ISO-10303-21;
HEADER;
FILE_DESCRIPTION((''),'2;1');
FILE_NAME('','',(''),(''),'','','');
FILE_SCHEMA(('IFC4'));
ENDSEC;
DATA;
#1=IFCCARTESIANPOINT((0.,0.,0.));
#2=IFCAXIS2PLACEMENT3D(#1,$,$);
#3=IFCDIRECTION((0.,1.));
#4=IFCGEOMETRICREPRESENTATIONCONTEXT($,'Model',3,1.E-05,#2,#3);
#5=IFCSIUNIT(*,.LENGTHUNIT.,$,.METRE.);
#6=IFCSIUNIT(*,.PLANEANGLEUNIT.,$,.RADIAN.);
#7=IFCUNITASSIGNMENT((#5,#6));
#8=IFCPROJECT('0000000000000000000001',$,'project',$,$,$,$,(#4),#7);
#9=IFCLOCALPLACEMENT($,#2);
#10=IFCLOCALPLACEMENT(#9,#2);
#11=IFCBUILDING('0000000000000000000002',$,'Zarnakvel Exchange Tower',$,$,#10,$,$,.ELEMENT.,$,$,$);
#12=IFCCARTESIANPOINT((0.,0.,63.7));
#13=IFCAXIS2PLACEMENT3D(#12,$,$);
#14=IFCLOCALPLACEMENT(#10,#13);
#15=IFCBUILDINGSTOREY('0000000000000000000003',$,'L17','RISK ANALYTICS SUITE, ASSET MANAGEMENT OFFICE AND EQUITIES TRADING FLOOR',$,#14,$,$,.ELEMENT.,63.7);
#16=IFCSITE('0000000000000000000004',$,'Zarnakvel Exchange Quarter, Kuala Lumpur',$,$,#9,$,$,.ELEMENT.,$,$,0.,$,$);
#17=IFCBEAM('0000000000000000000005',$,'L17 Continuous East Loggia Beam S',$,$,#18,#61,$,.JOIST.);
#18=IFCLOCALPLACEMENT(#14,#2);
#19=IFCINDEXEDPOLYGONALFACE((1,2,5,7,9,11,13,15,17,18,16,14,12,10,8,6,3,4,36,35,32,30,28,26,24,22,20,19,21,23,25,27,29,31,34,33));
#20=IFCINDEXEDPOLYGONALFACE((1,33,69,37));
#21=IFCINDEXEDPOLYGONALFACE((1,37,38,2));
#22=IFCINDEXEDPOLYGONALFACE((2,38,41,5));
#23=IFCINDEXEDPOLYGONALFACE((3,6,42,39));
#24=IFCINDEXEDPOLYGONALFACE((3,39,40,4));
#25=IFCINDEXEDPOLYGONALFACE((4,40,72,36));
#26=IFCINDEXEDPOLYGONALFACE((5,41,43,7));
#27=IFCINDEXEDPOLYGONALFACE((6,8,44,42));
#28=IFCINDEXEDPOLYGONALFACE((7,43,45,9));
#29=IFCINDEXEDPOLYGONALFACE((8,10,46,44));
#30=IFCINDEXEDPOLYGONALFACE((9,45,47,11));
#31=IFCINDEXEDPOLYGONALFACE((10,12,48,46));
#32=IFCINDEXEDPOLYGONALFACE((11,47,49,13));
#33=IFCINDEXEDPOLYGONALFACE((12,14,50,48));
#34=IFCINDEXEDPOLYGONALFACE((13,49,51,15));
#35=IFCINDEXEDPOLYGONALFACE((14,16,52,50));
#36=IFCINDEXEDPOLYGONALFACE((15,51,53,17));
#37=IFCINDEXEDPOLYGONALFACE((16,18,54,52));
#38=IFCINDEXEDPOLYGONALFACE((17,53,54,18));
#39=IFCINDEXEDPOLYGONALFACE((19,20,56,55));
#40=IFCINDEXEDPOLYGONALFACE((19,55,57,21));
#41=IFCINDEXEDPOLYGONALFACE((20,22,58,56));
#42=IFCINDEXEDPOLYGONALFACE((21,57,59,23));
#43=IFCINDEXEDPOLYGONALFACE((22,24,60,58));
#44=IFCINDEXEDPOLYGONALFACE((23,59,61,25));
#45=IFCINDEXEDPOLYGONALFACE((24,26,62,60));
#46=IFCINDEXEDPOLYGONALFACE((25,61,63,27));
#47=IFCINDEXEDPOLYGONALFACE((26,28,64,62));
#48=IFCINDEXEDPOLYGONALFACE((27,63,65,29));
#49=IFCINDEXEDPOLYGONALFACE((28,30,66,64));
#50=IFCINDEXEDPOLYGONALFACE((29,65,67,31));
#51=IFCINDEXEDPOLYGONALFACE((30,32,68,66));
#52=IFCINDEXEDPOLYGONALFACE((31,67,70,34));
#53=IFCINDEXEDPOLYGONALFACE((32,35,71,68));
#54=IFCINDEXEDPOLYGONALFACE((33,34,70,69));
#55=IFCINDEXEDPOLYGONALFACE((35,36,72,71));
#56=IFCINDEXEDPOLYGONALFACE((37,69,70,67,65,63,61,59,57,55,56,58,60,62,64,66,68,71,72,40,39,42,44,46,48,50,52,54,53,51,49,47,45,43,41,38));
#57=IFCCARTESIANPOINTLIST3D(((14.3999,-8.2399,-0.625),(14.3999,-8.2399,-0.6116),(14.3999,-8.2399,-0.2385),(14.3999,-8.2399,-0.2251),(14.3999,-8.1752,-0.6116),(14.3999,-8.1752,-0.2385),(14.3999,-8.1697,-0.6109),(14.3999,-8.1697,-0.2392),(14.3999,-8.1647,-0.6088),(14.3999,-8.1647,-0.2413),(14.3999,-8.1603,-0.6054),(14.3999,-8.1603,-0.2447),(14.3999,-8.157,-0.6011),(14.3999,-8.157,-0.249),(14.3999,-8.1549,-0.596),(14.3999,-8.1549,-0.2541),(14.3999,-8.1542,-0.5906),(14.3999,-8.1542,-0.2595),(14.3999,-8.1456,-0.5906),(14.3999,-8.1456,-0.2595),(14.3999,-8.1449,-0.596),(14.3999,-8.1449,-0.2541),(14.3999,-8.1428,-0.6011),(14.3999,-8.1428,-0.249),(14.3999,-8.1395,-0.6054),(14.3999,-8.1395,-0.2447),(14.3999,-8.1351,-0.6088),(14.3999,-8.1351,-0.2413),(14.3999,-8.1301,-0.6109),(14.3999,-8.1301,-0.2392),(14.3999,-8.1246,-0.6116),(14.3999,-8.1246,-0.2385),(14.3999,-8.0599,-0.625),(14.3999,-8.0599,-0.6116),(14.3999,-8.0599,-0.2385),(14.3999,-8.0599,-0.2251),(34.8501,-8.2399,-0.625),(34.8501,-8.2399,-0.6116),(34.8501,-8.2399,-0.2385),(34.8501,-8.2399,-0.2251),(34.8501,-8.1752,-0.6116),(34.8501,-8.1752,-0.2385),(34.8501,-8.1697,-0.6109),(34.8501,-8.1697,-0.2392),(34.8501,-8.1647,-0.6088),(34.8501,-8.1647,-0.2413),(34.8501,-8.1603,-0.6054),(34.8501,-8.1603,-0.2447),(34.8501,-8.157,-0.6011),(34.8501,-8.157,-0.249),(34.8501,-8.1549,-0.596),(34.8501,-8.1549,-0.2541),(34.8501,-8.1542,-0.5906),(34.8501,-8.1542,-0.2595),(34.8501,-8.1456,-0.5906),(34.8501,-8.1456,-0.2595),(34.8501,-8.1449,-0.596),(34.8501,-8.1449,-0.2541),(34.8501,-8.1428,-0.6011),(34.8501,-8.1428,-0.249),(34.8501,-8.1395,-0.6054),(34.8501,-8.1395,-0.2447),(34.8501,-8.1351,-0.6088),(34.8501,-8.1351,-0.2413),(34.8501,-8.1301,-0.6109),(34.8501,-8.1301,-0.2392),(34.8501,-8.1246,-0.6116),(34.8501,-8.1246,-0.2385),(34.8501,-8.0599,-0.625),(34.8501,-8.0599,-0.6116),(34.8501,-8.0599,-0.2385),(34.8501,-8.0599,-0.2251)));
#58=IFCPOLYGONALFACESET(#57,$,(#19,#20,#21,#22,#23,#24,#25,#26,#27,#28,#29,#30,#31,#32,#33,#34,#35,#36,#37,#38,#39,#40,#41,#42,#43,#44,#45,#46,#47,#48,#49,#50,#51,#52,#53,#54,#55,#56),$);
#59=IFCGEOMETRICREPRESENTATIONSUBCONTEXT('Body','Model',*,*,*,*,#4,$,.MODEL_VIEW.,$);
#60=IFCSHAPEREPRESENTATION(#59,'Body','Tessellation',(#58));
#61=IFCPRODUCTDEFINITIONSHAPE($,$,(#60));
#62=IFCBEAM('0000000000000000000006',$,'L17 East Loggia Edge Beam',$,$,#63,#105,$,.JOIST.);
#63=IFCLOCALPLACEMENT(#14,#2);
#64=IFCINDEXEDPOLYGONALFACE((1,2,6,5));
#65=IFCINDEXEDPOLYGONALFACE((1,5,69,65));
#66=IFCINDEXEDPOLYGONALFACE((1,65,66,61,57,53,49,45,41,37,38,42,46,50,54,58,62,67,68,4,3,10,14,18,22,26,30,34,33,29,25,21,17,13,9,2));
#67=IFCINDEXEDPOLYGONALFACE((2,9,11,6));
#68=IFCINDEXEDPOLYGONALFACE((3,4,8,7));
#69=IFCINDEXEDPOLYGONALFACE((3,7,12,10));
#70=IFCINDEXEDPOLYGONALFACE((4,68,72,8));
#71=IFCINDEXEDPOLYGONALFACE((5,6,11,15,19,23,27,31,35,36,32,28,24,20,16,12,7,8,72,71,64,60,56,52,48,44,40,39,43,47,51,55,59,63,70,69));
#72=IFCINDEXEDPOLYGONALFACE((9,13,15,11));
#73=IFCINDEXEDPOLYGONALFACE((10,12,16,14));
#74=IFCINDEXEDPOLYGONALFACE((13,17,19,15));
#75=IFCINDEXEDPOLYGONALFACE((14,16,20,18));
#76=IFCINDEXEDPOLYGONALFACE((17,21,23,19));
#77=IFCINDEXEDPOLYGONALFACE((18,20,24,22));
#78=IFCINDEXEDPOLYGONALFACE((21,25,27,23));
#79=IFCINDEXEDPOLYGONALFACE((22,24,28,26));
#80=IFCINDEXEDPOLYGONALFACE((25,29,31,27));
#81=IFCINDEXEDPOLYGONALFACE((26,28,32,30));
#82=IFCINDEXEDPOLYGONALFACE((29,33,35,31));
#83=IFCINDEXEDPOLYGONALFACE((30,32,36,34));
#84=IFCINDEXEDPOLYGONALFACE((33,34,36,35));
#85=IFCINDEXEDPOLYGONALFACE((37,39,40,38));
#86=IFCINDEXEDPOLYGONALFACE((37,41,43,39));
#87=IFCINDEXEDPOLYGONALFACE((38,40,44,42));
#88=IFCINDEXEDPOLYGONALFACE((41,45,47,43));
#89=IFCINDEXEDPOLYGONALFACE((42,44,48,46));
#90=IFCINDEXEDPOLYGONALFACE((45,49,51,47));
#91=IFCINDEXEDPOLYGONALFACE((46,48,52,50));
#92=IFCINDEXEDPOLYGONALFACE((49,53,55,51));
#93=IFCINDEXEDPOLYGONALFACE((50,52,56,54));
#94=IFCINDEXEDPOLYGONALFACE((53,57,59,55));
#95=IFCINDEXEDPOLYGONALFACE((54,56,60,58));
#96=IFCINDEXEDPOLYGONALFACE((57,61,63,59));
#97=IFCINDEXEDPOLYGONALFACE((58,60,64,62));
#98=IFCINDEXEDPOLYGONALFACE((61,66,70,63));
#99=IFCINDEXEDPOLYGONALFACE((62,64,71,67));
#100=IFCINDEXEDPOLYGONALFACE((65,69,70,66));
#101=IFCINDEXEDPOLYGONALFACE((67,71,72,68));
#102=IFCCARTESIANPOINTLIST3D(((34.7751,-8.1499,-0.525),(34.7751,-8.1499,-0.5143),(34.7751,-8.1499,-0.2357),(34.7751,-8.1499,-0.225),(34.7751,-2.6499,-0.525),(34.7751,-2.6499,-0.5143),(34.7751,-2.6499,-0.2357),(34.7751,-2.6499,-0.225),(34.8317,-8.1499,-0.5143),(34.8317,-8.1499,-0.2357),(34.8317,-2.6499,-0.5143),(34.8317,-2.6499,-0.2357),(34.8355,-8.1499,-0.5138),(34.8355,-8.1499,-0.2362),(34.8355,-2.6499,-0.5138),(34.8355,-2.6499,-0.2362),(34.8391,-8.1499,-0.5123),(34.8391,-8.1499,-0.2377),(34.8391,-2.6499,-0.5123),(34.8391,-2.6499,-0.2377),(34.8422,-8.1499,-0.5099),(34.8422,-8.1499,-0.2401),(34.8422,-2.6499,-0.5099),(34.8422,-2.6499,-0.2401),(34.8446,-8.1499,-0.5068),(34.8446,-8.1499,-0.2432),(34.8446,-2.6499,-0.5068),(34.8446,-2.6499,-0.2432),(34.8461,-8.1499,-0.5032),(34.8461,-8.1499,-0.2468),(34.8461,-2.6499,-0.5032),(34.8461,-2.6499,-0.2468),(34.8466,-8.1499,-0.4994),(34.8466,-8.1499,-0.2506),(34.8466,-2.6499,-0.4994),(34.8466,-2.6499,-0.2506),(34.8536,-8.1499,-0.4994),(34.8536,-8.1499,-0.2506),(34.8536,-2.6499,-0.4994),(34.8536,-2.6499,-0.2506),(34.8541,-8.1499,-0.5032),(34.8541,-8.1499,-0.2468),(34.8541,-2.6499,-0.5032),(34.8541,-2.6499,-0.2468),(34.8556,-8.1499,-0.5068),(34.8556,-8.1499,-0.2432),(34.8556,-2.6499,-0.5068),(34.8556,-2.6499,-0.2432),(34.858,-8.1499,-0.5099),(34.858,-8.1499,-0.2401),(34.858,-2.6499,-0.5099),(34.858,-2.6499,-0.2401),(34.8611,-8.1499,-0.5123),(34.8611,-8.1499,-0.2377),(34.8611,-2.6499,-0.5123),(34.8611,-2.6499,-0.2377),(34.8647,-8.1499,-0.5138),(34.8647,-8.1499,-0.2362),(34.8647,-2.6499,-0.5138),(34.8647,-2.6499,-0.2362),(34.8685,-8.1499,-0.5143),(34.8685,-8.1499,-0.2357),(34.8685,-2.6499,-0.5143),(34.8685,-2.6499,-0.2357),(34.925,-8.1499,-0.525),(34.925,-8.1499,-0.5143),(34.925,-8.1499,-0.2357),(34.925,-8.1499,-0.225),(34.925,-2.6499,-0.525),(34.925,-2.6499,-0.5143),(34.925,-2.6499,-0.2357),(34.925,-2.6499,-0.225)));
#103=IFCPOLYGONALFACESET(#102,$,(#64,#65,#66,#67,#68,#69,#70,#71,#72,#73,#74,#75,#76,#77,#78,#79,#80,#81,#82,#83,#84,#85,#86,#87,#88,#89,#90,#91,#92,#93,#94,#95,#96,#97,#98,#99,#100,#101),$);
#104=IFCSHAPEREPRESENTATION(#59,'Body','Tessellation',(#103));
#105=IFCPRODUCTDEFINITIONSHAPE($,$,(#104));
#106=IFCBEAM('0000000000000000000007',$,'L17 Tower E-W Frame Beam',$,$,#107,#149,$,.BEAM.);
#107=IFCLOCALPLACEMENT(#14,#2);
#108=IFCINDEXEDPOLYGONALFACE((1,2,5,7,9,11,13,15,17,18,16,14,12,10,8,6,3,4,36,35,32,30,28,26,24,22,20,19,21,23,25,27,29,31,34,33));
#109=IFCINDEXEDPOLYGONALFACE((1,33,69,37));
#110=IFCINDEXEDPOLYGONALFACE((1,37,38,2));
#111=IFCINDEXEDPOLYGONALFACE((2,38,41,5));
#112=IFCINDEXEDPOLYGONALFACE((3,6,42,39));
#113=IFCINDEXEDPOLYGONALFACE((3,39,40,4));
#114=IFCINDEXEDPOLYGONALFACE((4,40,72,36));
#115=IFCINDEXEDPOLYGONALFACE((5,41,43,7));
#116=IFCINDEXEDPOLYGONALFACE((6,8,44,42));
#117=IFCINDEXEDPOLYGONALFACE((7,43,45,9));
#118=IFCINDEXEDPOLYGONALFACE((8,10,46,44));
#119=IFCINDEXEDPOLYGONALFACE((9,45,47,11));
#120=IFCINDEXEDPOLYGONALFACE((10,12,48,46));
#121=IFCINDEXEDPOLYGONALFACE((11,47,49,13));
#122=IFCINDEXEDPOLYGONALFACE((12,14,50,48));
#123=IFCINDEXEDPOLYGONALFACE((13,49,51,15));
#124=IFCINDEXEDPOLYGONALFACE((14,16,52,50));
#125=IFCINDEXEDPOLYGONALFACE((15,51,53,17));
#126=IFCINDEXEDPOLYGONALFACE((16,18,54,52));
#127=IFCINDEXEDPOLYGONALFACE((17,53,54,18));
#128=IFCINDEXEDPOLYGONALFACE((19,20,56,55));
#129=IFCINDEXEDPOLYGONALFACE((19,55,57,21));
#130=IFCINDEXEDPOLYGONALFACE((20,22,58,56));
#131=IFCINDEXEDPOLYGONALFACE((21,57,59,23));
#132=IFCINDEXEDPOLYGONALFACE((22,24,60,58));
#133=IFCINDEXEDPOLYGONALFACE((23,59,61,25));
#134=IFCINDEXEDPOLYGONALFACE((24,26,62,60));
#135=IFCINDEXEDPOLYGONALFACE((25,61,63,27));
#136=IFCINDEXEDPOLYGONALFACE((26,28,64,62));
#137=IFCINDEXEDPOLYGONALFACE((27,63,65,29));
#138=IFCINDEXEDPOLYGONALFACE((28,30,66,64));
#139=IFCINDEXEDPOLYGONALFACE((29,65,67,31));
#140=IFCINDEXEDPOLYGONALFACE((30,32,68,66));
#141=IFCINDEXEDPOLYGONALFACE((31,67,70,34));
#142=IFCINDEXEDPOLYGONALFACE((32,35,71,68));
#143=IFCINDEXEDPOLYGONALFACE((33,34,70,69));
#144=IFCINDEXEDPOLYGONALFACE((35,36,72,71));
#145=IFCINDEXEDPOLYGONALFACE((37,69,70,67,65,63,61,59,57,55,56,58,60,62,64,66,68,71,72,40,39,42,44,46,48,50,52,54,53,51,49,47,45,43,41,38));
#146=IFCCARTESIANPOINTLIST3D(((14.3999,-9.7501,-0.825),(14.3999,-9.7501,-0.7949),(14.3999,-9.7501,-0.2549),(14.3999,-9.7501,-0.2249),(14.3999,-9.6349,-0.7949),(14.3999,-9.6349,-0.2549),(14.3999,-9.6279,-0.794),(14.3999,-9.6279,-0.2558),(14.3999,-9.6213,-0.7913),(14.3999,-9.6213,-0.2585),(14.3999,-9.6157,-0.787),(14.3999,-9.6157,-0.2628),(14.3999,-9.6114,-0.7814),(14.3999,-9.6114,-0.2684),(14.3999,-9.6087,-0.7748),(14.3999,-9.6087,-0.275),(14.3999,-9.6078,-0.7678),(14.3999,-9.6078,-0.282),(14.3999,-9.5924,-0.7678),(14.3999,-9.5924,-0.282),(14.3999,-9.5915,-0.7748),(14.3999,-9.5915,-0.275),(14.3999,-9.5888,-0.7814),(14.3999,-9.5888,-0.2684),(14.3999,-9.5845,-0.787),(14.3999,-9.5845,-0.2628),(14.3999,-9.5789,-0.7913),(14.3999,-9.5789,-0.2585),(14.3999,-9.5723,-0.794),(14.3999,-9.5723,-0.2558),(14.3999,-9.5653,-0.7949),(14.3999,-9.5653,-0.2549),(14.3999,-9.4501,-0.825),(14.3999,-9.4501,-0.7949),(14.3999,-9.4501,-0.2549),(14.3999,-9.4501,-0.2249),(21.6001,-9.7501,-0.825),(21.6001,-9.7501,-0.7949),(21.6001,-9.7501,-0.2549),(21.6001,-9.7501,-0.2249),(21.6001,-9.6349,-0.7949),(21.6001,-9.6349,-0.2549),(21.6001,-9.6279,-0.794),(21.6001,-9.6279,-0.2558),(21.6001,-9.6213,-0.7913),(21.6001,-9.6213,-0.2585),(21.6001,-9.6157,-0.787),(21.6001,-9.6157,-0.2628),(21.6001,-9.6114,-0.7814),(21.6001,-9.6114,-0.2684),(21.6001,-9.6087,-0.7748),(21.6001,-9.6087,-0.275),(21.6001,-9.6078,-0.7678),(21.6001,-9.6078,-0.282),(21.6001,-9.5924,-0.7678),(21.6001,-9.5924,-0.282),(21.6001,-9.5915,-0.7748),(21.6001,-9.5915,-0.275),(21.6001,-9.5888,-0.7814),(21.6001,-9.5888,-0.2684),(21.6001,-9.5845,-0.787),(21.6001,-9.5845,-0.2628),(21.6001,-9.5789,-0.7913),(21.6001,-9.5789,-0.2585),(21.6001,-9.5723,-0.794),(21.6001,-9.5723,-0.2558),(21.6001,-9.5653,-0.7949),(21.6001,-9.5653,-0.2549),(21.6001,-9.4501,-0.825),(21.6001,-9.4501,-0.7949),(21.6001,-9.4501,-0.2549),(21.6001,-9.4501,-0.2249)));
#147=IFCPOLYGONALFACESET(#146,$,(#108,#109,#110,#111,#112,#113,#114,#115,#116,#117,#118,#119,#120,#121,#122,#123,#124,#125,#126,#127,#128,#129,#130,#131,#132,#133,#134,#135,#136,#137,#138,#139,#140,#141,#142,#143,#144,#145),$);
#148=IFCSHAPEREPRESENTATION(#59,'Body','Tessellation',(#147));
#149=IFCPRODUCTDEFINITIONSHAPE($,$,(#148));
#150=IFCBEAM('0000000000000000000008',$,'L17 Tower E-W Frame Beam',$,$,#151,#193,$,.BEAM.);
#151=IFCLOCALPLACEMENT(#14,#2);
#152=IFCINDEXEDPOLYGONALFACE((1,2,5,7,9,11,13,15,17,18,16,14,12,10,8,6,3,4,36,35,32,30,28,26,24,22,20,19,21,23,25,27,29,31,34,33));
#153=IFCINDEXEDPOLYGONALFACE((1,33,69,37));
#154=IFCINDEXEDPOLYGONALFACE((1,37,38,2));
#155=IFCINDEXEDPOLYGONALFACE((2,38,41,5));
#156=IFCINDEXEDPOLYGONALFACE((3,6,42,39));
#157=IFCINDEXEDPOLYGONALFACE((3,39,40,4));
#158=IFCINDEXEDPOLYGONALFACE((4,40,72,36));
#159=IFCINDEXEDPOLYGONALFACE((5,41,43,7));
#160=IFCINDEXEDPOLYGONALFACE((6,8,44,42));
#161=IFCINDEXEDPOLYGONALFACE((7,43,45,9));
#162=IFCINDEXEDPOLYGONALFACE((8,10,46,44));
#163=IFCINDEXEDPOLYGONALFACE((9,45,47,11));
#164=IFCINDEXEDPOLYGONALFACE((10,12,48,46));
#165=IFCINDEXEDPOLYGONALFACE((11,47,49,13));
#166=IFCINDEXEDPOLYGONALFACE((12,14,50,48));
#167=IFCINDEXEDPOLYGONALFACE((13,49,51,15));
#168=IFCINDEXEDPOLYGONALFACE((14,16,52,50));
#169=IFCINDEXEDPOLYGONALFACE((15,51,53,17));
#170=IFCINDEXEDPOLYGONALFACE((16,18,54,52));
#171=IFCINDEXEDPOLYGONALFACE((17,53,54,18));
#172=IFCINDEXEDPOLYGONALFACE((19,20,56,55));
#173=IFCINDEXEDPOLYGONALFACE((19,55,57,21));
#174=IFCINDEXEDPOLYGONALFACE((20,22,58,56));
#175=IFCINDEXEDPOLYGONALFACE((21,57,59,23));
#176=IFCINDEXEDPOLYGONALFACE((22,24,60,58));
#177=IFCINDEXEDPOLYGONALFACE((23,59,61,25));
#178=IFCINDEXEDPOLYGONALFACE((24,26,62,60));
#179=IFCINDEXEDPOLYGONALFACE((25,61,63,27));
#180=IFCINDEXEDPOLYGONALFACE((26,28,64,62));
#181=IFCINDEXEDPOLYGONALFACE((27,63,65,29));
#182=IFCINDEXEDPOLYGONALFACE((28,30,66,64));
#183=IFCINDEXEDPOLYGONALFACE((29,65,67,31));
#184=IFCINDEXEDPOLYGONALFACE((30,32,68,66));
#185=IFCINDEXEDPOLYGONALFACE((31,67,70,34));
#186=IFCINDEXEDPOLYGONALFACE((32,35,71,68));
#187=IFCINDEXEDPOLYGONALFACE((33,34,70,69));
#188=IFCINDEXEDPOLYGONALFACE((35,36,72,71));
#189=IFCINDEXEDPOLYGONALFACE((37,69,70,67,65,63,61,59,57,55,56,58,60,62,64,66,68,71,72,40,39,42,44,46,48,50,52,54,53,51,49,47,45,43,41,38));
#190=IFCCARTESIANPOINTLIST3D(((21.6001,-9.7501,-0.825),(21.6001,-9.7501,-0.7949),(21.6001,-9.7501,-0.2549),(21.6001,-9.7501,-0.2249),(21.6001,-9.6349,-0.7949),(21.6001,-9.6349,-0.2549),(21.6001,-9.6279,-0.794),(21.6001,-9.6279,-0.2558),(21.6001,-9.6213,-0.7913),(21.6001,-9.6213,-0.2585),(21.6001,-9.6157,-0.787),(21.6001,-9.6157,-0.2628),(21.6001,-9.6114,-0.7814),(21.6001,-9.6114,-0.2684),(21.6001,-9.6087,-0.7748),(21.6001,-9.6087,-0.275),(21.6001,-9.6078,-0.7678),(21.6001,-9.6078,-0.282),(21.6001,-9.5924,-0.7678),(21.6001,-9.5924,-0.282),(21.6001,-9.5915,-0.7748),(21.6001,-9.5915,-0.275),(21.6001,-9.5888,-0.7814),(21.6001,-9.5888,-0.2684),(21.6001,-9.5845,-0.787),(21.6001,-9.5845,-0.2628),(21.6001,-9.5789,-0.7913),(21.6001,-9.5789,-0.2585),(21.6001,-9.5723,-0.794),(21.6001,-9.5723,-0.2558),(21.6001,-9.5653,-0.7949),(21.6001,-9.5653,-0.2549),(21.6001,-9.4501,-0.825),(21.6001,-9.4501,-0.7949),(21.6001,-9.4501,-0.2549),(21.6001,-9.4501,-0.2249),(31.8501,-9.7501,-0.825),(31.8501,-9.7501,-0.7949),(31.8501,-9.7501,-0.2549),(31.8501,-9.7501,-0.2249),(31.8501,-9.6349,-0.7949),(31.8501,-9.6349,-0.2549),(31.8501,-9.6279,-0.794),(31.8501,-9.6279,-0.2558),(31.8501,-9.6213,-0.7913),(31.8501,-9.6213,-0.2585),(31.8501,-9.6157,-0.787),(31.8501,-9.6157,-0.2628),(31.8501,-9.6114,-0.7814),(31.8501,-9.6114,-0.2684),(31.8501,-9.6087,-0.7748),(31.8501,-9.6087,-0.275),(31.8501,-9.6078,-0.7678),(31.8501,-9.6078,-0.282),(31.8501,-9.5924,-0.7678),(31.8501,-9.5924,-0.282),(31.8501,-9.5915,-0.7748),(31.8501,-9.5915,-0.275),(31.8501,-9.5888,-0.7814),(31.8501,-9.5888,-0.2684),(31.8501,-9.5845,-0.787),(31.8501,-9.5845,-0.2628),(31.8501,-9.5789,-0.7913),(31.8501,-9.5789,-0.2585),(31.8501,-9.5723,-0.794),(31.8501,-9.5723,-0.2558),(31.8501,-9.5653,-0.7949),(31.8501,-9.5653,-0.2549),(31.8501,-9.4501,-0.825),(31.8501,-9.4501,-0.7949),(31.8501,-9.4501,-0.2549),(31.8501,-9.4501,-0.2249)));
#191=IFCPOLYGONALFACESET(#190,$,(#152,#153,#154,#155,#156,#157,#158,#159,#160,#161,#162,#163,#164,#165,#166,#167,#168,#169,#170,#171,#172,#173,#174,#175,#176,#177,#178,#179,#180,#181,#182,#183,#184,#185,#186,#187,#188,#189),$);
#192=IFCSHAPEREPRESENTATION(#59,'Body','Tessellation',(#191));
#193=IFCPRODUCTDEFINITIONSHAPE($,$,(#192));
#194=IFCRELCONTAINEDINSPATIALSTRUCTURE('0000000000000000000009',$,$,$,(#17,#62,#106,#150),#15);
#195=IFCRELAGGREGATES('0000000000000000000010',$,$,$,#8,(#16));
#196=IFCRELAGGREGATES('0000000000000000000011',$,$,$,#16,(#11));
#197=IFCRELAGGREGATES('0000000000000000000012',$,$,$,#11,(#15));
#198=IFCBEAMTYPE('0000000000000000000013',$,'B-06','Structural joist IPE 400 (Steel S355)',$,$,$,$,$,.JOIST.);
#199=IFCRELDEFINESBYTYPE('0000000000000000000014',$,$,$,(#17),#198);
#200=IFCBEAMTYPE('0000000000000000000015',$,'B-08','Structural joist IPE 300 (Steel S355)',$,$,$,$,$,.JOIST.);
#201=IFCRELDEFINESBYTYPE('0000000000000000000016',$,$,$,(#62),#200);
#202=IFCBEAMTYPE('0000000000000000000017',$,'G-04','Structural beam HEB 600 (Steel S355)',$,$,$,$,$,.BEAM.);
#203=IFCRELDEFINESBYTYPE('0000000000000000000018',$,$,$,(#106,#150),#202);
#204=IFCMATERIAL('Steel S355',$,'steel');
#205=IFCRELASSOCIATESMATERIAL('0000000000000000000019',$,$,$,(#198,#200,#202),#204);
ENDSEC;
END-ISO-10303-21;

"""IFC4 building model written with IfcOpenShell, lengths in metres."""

from ifc_helpers import new_model, si_unit, direction, frame, origin, origin_2d, place, context, subcontext, project, spatial, i_section, extrude, material, material_profile, profile_set, type_object, element, save


model = new_model("IFC4")

# Units and contexts
model_context = context("Model", 3, precision=1e-05, world=origin(), true_north=direction((0.0, 1.0)))
body_context = subcontext(model_context, "Body", "Model", "MODEL_VIEW")
ifc_project = project(units=[si_unit("LENGTHUNIT", "METRE"), si_unit("PLANEANGLEUNIT", "RADIAN")], contexts=[model_context])

# Site, building, storey
site_placement = place(None, origin())
site = spatial("IfcSite", under=ifc_project, at=site_placement, Name="Zarnakvel Exchange Quarter, Kuala Lumpur", CompositionType="ELEMENT", RefElevation=0.0)
building_placement = place(site_placement, origin())
building = spatial("IfcBuilding", under=site, at=building_placement, Name="Zarnakvel Exchange Tower", CompositionType="ELEMENT")
storey_placement = place(building_placement, frame((0.0, 0.0, 63.7)))
storey = spatial("IfcBuildingStorey", under=building, at=storey_placement, Name="L17", Description="RISK ANALYTICS SUITE, ASSET MANAGEMENT OFFICE AND EQUITIES TRADING FLOOR", CompositionType="ELEMENT", Elevation=63.7)

# Shared definitions
ifc_material_1 = material(Name="Steel S355", Category="steel")

# Beams
ifc_material_profile_1 = material_profile(ifc_material_1, i_section(OverallWidth=0.1799, OverallDepth=0.3999, WebThickness=0.0085, FlangeThickness=0.0134, FilletRadius=0.021, at=origin_2d()))
ifc_profile_set_1 = profile_set([ifc_material_profile_1], Name="Steel S355")
beam_type_1 = type_object("IfcBeamType", Name="B-06", Description="Structural joist IPE 400 (Steel S355)", PredefinedType="JOIST", material=ifc_profile_set_1)
beam_1_placement = place(storey_placement, frame((14.3999, -8.1499, -0.425), z_axis=(1.0, 0.0, 0.0), x_axis=(0.0, 1.0, 0.0)))
element("IfcBeam", 1, at=beam_1_placement, inside=storey, type_object=beam_type_1, Name="L17 Continuous East Loggia Beam S", PredefinedType="JOIST", context=body_context, shape_type="SweptSolid", body=[
    extrude(i_section(OverallWidth=0.1799, OverallDepth=0.3999, WebThickness=0.0085, FlangeThickness=0.0134, FilletRadius=0.021, at=origin_2d()), origin(), (0.0, 0.0, 1.0), 20.4502),
])
ifc_material_profile_2 = material_profile(ifc_material_1, i_section(OverallWidth=0.1499, OverallDepth=0.3, WebThickness=0.0071, FlangeThickness=0.0107, FilletRadius=0.0149, at=origin_2d()))
ifc_profile_set_2 = profile_set([ifc_material_profile_2], Name="Steel S355")
beam_type_2 = type_object("IfcBeamType", Name="B-08", Description="Structural joist IPE 300 (Steel S355)", PredefinedType="JOIST", material=ifc_profile_set_2)
beam_2_placement = place(storey_placement, frame((34.8501, -8.1499, -0.375), z_axis=(0.0, 1.0, 0.0), x_axis=(-1.0, 0.0, 0.0)))
element("IfcBeam", 2, at=beam_2_placement, inside=storey, type_object=beam_type_2, Name="L17 East Loggia Edge Beam", PredefinedType="JOIST", context=body_context, shape_type="SweptSolid", body=[
    extrude(i_section(OverallWidth=0.1499, OverallDepth=0.3, WebThickness=0.0071, FlangeThickness=0.0107, FilletRadius=0.0149, at=origin_2d()), origin(), (0.0, 0.0, 1.0), 5.5),
])
ifc_material_profile_3 = material_profile(ifc_material_1, i_section(OverallWidth=0.3, OverallDepth=0.6001, WebThickness=0.0154, FlangeThickness=0.03, FilletRadius=0.0271, at=origin_2d()))
ifc_profile_set_3 = profile_set([ifc_material_profile_3], Name="Steel S355")
beam_type_3 = type_object("IfcBeamType", Name="G-04", Description="Structural beam HEB 600 (Steel S355)", PredefinedType="BEAM", material=ifc_profile_set_3)
beam_3_placement = place(storey_placement, frame((14.3999, -9.6001, -0.5249), z_axis=(1.0, 0.0, 0.0), x_axis=(0.0, 1.0, 0.0)))
element("IfcBeam", 3, at=beam_3_placement, inside=storey, type_object=beam_type_3, Name="L17 Tower E-W Frame Beam", PredefinedType="BEAM", context=body_context, shape_type="SweptSolid", body=[
    extrude(i_section(OverallWidth=0.3, OverallDepth=0.6001, WebThickness=0.0154, FlangeThickness=0.03, FilletRadius=0.0271, at=origin_2d()), origin(), (0.0, 0.0, 1.0), 7.2002),
])
beam_4_placement = place(storey_placement, frame((21.6001, -9.6001, -0.5249), z_axis=(1.0, 0.0, 0.0), x_axis=(0.0, 1.0, 0.0)))
element("IfcBeam", 4, at=beam_4_placement, inside=storey, type_object=beam_type_3, Name="L17 Tower E-W Frame Beam", PredefinedType="BEAM", context=body_context, shape_type="SweptSolid", body=[
    extrude(i_section(OverallWidth=0.3, OverallDepth=0.6001, WebThickness=0.0154, FlangeThickness=0.03, FilletRadius=0.0271, at=origin_2d()), origin(), (0.0, 0.0, 1.0), 10.25),
])

save(model, "model.ifc")
